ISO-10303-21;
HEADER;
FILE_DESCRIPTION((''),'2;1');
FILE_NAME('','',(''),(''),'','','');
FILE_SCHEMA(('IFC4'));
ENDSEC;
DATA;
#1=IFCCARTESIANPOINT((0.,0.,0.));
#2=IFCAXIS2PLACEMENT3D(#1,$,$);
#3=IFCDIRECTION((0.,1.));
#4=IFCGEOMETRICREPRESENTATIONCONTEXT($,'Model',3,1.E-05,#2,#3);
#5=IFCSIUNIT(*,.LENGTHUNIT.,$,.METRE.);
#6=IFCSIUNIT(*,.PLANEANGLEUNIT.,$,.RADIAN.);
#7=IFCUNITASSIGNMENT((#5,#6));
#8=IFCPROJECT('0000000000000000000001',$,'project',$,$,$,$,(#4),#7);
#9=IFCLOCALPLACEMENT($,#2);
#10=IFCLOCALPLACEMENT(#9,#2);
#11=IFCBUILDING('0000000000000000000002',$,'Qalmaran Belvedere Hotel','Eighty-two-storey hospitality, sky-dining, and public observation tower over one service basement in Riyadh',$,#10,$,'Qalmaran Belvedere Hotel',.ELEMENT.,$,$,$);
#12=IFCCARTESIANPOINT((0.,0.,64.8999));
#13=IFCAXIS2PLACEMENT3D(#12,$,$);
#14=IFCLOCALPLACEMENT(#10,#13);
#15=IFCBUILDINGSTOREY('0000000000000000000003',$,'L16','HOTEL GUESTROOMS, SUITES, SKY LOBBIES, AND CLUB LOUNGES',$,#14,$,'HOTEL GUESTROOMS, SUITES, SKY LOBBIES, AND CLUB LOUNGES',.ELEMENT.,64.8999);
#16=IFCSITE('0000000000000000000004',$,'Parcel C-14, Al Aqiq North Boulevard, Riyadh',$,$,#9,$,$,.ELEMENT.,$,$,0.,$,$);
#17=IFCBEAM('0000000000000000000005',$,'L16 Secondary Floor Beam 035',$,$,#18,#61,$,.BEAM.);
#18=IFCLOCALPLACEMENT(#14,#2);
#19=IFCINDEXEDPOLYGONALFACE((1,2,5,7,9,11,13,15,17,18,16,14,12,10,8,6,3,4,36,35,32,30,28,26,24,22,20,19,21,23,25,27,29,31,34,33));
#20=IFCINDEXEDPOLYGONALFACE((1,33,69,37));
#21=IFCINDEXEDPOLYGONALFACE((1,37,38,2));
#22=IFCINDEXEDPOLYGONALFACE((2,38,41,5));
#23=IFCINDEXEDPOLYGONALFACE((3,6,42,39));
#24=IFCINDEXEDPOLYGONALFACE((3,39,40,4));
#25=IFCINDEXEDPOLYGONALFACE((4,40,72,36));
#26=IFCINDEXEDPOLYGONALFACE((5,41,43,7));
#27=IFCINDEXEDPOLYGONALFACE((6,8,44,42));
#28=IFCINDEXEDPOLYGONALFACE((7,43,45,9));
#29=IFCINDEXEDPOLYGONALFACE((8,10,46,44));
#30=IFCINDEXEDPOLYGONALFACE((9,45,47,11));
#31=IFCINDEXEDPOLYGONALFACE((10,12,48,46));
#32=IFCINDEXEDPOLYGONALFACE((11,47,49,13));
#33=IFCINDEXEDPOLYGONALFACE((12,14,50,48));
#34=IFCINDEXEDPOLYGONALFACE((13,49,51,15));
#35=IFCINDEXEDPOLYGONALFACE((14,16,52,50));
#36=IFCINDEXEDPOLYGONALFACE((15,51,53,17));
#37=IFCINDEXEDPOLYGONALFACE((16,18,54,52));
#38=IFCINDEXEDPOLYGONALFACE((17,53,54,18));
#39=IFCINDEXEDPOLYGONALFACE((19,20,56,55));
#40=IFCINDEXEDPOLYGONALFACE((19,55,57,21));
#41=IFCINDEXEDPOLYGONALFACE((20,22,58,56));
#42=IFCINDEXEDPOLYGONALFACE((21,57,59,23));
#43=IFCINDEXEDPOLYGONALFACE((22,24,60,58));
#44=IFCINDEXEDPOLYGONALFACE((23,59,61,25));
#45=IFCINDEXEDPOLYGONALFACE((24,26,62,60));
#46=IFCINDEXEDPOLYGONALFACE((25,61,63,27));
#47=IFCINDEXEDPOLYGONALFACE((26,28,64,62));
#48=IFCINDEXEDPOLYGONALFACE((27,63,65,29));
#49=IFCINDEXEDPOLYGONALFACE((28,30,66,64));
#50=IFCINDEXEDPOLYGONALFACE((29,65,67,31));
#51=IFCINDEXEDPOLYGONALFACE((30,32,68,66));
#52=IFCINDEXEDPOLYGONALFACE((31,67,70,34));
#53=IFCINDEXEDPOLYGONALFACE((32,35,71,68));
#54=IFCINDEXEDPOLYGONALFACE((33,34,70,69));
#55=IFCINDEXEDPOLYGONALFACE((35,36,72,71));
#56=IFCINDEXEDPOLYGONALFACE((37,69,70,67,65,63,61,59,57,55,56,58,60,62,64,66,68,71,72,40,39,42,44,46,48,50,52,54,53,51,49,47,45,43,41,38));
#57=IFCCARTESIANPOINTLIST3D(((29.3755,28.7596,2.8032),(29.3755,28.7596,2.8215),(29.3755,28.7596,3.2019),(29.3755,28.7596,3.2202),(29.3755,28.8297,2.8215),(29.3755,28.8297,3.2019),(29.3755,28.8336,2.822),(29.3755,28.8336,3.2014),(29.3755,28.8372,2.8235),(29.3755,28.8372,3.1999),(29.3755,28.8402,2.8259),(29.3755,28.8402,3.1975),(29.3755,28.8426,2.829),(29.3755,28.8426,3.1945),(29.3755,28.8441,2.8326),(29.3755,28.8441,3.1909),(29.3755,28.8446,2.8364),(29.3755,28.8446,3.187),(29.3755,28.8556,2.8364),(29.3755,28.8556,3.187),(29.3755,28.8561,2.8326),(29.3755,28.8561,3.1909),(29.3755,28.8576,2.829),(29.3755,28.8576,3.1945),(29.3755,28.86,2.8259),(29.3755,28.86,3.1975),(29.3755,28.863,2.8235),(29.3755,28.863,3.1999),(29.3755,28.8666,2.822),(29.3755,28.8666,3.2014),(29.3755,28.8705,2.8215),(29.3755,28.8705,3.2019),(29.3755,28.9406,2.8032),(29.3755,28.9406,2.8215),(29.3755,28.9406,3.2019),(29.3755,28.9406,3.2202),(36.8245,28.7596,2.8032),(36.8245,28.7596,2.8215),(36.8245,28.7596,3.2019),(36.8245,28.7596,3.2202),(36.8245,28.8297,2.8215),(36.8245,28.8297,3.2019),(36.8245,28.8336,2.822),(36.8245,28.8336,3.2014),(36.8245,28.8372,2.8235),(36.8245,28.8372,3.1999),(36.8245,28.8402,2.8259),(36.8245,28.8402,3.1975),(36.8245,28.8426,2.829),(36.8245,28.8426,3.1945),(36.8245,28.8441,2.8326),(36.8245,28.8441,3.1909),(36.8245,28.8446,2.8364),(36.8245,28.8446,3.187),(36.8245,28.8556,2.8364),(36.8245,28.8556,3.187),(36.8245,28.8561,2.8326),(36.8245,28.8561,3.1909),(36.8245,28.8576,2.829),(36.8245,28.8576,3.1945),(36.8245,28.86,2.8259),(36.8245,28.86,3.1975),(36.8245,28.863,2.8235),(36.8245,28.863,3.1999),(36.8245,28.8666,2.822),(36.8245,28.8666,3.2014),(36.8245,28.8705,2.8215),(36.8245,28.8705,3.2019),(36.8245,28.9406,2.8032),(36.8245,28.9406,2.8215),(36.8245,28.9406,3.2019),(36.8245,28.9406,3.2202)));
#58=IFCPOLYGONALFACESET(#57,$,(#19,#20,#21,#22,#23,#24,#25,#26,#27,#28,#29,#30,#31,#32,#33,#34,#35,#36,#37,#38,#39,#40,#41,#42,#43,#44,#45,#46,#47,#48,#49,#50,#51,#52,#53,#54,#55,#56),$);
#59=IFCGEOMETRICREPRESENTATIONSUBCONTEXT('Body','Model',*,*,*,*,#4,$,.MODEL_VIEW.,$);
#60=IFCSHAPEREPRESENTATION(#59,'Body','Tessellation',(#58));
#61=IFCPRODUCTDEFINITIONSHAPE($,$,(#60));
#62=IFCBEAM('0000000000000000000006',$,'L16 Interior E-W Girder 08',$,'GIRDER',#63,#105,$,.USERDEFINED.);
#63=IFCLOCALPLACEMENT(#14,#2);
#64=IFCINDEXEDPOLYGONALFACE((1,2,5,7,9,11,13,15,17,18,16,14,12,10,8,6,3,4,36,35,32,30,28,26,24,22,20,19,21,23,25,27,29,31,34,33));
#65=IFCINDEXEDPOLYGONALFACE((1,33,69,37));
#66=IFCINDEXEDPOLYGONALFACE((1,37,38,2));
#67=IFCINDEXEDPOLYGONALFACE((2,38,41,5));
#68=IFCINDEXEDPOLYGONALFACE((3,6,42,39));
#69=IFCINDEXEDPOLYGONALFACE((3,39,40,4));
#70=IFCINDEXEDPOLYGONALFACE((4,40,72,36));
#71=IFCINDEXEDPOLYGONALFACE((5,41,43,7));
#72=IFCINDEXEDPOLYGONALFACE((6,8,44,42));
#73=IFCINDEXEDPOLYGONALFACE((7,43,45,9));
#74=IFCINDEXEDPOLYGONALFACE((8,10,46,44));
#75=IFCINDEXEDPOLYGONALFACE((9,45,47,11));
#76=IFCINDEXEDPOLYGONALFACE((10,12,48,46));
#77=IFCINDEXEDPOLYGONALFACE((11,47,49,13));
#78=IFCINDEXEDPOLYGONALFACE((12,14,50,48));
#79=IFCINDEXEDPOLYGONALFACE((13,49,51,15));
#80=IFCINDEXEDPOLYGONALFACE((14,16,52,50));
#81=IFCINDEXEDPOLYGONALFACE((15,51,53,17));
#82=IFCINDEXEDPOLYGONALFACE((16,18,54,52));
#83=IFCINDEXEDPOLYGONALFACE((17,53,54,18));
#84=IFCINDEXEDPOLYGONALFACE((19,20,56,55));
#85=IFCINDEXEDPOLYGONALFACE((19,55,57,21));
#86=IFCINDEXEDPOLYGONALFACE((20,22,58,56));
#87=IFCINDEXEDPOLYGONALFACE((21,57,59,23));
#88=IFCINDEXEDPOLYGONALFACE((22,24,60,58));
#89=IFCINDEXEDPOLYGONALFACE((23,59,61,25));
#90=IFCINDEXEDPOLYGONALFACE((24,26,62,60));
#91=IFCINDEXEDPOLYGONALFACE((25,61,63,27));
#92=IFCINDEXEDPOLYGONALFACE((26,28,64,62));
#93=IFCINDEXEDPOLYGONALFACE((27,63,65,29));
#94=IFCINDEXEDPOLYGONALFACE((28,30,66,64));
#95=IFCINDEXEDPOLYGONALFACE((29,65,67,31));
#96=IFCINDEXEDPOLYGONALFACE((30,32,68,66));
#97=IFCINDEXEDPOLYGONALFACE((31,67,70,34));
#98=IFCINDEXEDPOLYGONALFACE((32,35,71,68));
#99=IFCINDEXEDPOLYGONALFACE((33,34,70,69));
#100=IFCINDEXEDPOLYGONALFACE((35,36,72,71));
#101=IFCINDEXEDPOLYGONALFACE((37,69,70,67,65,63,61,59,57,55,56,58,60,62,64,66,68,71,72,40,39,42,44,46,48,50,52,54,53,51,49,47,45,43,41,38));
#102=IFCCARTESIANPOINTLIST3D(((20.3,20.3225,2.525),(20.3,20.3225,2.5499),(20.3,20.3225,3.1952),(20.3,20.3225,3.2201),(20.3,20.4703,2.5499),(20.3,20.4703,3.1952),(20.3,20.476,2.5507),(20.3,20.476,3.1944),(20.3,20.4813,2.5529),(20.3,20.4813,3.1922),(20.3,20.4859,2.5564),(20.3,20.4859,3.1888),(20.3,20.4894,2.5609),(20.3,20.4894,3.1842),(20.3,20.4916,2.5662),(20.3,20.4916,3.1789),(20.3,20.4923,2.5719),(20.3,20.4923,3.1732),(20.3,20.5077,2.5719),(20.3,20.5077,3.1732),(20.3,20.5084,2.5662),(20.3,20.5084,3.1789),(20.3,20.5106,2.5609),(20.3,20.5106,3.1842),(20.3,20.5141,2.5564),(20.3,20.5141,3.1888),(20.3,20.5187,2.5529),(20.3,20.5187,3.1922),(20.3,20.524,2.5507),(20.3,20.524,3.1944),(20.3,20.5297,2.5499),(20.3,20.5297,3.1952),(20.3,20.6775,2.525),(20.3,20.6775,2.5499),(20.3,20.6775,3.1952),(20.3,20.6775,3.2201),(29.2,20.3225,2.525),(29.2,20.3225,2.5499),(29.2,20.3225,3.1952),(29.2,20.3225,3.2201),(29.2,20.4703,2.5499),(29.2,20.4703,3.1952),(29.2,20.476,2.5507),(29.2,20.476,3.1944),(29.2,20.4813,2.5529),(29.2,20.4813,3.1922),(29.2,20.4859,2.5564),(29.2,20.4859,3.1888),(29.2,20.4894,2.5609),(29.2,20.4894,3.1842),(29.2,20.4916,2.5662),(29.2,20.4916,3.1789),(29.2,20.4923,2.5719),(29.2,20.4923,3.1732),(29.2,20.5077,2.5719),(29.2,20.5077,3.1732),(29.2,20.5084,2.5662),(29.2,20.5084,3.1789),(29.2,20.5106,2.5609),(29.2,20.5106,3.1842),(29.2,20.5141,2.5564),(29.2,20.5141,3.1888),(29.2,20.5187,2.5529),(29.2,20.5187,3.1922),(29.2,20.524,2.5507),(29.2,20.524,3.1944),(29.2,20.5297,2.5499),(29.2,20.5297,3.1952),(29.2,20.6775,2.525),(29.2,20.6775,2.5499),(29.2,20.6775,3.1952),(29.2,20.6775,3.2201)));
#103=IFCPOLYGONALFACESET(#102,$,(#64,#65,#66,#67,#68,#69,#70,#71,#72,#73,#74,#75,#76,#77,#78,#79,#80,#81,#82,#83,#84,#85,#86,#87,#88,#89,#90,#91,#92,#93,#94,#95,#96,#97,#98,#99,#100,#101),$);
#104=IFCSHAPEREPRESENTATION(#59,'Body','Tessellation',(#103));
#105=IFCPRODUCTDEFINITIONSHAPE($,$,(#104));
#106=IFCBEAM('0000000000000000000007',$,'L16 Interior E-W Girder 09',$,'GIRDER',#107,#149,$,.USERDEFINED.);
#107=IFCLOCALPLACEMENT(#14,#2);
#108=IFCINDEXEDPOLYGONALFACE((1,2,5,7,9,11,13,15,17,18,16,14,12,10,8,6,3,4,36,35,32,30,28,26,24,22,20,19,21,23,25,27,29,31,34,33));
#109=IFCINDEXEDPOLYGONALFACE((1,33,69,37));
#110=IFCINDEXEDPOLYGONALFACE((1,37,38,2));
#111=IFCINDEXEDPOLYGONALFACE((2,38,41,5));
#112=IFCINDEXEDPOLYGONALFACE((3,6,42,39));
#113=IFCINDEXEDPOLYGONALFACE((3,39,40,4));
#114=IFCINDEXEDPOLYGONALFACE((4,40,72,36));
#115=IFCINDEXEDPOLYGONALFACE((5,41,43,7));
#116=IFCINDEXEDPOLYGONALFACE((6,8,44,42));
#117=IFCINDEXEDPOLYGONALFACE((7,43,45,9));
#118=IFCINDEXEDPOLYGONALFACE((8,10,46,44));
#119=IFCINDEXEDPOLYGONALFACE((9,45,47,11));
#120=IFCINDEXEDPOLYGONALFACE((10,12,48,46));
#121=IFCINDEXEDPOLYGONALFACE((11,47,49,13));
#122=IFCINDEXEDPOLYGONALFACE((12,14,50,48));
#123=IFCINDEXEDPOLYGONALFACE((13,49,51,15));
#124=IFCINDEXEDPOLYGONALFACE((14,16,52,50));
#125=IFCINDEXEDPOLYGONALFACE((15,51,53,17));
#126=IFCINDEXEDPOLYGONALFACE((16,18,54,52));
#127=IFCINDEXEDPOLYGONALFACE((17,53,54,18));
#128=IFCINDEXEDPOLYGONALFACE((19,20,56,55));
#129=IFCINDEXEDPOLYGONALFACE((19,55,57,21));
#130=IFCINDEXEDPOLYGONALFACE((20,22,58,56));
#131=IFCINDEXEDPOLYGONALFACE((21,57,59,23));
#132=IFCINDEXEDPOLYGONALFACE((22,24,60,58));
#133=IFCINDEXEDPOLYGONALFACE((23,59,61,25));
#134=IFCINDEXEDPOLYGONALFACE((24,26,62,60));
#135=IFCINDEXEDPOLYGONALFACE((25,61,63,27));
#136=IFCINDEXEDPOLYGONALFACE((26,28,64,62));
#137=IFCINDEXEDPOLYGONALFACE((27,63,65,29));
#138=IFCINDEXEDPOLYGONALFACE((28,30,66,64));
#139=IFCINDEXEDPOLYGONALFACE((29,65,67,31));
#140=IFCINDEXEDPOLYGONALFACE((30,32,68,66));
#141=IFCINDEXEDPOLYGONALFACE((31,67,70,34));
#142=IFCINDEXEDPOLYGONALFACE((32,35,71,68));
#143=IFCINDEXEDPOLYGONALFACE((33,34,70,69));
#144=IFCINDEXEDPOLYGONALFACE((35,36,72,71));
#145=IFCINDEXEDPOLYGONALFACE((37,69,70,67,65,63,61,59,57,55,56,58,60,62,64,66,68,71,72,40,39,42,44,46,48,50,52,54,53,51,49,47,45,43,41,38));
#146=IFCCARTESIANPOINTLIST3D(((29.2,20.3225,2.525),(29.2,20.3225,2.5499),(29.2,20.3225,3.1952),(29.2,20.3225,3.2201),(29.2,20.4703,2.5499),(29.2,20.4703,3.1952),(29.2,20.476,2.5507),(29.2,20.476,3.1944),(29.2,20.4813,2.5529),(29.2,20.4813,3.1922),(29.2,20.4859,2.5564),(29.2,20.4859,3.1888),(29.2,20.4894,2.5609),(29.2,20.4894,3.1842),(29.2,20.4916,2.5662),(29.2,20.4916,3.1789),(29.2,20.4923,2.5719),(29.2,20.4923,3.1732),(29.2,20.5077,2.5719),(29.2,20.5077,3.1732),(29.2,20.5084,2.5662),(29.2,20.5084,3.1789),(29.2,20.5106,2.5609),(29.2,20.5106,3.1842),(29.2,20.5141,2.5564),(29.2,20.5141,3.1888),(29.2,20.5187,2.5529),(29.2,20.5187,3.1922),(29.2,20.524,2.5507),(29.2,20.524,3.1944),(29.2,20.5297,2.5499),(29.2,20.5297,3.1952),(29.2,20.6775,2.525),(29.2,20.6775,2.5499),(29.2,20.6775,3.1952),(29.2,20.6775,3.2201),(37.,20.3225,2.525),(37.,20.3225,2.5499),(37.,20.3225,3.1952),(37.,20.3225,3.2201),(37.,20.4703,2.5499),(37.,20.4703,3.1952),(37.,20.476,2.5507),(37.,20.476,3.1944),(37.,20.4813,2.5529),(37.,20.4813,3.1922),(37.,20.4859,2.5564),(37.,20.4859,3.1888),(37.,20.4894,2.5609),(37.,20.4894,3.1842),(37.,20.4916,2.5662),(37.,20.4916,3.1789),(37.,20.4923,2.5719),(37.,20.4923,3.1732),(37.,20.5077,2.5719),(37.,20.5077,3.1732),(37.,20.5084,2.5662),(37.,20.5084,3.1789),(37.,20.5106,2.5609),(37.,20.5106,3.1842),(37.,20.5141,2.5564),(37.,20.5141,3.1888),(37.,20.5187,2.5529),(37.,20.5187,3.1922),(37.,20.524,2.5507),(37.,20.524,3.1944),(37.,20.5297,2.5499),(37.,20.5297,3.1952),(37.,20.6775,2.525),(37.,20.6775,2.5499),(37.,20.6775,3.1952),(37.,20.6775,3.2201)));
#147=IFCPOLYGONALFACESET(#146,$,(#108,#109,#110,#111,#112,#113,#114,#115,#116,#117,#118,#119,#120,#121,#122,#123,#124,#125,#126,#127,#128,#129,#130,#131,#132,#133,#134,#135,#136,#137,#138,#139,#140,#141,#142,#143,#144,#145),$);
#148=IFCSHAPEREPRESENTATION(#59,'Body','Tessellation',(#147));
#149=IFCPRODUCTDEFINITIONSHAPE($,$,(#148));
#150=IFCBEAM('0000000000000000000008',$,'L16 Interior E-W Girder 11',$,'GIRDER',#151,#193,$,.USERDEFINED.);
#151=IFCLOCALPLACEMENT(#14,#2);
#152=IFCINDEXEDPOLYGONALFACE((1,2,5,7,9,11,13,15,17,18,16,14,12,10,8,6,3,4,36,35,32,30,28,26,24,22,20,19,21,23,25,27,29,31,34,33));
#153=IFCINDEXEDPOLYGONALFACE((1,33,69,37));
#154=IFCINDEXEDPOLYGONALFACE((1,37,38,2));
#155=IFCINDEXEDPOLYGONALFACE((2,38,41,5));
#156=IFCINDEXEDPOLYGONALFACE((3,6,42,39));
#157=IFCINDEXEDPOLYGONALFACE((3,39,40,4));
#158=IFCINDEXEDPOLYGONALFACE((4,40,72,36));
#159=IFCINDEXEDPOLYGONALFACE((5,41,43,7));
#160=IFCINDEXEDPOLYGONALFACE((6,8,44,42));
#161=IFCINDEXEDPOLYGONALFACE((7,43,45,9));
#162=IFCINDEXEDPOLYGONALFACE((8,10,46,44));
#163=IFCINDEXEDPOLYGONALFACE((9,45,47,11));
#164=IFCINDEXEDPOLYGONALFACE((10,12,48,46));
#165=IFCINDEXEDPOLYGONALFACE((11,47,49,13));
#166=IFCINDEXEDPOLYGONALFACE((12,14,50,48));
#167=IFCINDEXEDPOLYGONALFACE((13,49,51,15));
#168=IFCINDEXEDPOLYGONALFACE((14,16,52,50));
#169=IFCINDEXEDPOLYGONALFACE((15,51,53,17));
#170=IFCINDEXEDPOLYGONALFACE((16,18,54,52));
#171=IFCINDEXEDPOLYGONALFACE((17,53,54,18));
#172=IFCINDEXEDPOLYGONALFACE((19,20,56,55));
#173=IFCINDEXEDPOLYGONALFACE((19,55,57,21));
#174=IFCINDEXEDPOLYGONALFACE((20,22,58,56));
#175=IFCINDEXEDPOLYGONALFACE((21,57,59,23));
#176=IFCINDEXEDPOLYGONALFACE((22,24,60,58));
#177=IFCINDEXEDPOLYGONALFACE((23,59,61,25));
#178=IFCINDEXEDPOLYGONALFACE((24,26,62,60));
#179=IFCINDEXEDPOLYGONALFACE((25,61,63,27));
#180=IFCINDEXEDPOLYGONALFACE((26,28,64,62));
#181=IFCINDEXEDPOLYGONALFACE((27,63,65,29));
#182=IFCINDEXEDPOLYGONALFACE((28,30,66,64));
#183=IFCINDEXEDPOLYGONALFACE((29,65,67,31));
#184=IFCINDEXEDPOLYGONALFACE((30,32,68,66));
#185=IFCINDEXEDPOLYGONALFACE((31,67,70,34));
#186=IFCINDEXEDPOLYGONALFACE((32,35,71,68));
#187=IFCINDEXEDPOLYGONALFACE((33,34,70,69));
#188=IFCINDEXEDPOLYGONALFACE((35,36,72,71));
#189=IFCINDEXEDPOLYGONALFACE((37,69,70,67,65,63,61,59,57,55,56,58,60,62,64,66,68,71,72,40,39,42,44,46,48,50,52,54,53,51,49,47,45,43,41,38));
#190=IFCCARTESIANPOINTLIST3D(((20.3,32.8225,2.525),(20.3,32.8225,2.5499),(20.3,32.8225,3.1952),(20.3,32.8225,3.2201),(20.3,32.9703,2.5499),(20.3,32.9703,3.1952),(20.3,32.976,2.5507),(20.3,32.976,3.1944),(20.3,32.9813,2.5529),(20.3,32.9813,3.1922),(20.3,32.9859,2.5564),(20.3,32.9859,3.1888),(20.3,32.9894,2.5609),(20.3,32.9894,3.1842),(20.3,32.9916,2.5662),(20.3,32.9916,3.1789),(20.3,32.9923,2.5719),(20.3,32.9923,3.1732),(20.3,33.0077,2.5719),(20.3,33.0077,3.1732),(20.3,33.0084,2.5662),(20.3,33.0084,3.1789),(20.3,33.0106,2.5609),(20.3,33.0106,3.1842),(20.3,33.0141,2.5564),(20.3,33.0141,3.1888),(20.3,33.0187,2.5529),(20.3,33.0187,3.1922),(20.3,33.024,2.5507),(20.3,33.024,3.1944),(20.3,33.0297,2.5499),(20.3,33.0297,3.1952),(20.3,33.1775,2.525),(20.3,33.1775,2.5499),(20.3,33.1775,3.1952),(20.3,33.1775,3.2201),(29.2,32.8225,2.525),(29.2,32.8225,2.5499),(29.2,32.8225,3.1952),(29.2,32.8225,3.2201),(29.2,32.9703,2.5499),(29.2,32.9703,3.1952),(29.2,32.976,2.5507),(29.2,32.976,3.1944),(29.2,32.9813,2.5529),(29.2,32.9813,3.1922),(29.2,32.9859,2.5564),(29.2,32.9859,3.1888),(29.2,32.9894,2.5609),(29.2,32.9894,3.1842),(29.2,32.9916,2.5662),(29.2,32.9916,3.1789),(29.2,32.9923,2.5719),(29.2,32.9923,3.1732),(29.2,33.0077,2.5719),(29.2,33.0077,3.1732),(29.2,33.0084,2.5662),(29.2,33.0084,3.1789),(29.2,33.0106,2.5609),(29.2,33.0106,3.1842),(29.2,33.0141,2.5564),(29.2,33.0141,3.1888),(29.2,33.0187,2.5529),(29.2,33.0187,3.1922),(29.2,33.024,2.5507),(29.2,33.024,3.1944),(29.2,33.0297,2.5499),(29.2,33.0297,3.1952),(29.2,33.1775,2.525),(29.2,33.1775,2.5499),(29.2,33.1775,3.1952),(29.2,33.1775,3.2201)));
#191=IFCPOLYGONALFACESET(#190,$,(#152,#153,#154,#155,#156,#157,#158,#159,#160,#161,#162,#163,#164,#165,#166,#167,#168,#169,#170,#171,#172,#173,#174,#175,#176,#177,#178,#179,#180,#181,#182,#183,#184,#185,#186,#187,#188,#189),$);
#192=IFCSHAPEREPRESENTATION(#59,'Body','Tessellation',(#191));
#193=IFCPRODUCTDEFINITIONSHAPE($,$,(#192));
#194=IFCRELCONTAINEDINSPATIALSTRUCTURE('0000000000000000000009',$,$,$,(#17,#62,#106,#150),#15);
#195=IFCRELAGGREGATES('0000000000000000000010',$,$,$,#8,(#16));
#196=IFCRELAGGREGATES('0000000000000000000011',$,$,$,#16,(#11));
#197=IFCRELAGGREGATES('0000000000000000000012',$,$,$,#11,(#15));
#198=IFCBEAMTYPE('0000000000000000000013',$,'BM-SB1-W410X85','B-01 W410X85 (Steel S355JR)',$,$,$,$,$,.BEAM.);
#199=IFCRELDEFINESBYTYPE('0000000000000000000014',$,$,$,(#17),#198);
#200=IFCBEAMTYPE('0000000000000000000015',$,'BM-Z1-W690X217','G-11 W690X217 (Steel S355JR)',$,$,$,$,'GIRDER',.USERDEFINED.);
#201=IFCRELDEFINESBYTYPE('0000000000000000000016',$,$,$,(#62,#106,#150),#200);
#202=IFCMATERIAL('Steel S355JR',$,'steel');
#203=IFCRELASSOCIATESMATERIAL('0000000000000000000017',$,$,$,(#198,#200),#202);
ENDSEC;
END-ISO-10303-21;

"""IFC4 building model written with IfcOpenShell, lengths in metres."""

from ifc_helpers import new_model, si_unit, direction, frame, origin, origin_2d, place, context, subcontext, project, spatial, i_section, extrude, material, material_profile, profile_set, type_object, element, save


model = new_model("IFC4")

# Units and contexts
model_context = context("Model", 3, precision=1e-05, world=origin(), true_north=direction((0.0, 1.0)))
body_context = subcontext(model_context, "Body", "Model", "MODEL_VIEW")
ifc_project = project(units=[si_unit("LENGTHUNIT", "METRE"), si_unit("PLANEANGLEUNIT", "RADIAN")], contexts=[model_context])

# Site, building, storey
site_placement = place(None, origin())
site = spatial("IfcSite", under=ifc_project, at=site_placement, Name="Parcel C-14, Al Aqiq North Boulevard, Riyadh", CompositionType="ELEMENT", RefElevation=0.0)
building_placement = place(site_placement, origin())
building = spatial("IfcBuilding", under=site, at=building_placement, Name="Qalmaran Belvedere Hotel", Description="Eighty-two-storey hospitality, sky-dining, and public observation tower over one service basement in Riyadh", LongName="Qalmaran Belvedere Hotel", CompositionType="ELEMENT")
storey_placement = place(building_placement, frame((0.0, 0.0, 64.8999)))
storey = spatial("IfcBuildingStorey", under=building, at=storey_placement, Name="L16", Description="HOTEL GUESTROOMS, SUITES, SKY LOBBIES, AND CLUB LOUNGES", LongName="HOTEL GUESTROOMS, SUITES, SKY LOBBIES, AND CLUB LOUNGES", CompositionType="ELEMENT", Elevation=64.8999)

# Beams
ifc_material_1 = material(Name="Steel S355JR", Category="steel")
ifc_material_profile_1 = material_profile(ifc_material_1, i_section(OverallWidth=0.1809, OverallDepth=0.417, WebThickness=0.011, FlangeThickness=0.0183, FilletRadius=0.0149, at=origin_2d()), Name="W410X85")
ifc_profile_set_1 = profile_set([ifc_material_profile_1], Name="Steel S355JR")
beam_type_1 = type_object("IfcBeamType", Name="BM-SB1-W410X85", Description="B-01 W410X85 (Steel S355JR)", PredefinedType="BEAM", material=ifc_profile_set_1)
beam_1_placement = place(storey_placement, frame((29.3755, 28.8501, 3.0117), z_axis=(1.0, 0.0, 0.0), x_axis=(0.0, 1.0, 0.0)))
element("IfcBeam", 1, at=beam_1_placement, inside=storey, type_object=beam_type_1, Name="L16 Secondary Floor Beam 035", PredefinedType="BEAM", context=body_context, shape_type="SweptSolid", body=[
    extrude(i_section(OverallWidth=0.1809, OverallDepth=0.417, WebThickness=0.011, FlangeThickness=0.0183, FilletRadius=0.0149, at=origin_2d()), origin(), (0.0, 0.0, 1.0), 7.449),
])
ifc_material_profile_2 = material_profile(ifc_material_1, i_section(OverallWidth=0.355, OverallDepth=0.6951, WebThickness=0.0154, FlangeThickness=0.0249, FilletRadius=0.022, at=origin_2d()), Name="W690X217")
ifc_profile_set_2 = profile_set([ifc_material_profile_2], Name="Steel S355JR")
beam_type_2 = type_object("IfcBeamType", Name="BM-Z1-W690X217", Description="G-11 W690X217 (Steel S355JR)", ElementType="GIRDER", PredefinedType="USERDEFINED", material=ifc_profile_set_2)
beam_2_placement = place(storey_placement, frame((20.3, 20.5, 2.8726), z_axis=(1.0, 0.0, 0.0), x_axis=(0.0, 1.0, 0.0)))
element("IfcBeam", 2, at=beam_2_placement, inside=storey, type_object=beam_type_2, Name="L16 Interior E-W Girder 08", ObjectType="GIRDER", PredefinedType="USERDEFINED", context=body_context, shape_type="SweptSolid", body=[
    extrude(i_section(OverallWidth=0.355, OverallDepth=0.6951, WebThickness=0.0154, FlangeThickness=0.0249, FilletRadius=0.022, at=origin_2d()), origin(), (0.0, 0.0, 1.0), 8.8999),
])
beam_3_placement = place(storey_placement, frame((29.2, 20.5, 2.8726), z_axis=(1.0, 0.0, 0.0), x_axis=(0.0, 1.0, 0.0)))
element("IfcBeam", 3, at=beam_3_placement, inside=storey, type_object=beam_type_2, Name="L16 Interior E-W Girder 09", ObjectType="GIRDER", PredefinedType="USERDEFINED", context=body_context, shape_type="SweptSolid", body=[
    extrude(i_section(OverallWidth=0.355, OverallDepth=0.6951, WebThickness=0.0154, FlangeThickness=0.0249, FilletRadius=0.022, at=origin_2d()), origin(), (0.0, 0.0, 1.0), 7.8),
])
beam_4_placement = place(storey_placement, frame((20.3, 33.0, 2.8726), z_axis=(1.0, 0.0, 0.0), x_axis=(0.0, 1.0, 0.0)))
element("IfcBeam", 4, at=beam_4_placement, inside=storey, type_object=beam_type_2, Name="L16 Interior E-W Girder 11", ObjectType="GIRDER", PredefinedType="USERDEFINED", context=body_context, shape_type="SweptSolid", body=[
    extrude(i_section(OverallWidth=0.355, OverallDepth=0.6951, WebThickness=0.0154, FlangeThickness=0.0249, FilletRadius=0.022, at=origin_2d()), origin(), (0.0, 0.0, 1.0), 8.8999),
])

save(model, "model.ifc")
